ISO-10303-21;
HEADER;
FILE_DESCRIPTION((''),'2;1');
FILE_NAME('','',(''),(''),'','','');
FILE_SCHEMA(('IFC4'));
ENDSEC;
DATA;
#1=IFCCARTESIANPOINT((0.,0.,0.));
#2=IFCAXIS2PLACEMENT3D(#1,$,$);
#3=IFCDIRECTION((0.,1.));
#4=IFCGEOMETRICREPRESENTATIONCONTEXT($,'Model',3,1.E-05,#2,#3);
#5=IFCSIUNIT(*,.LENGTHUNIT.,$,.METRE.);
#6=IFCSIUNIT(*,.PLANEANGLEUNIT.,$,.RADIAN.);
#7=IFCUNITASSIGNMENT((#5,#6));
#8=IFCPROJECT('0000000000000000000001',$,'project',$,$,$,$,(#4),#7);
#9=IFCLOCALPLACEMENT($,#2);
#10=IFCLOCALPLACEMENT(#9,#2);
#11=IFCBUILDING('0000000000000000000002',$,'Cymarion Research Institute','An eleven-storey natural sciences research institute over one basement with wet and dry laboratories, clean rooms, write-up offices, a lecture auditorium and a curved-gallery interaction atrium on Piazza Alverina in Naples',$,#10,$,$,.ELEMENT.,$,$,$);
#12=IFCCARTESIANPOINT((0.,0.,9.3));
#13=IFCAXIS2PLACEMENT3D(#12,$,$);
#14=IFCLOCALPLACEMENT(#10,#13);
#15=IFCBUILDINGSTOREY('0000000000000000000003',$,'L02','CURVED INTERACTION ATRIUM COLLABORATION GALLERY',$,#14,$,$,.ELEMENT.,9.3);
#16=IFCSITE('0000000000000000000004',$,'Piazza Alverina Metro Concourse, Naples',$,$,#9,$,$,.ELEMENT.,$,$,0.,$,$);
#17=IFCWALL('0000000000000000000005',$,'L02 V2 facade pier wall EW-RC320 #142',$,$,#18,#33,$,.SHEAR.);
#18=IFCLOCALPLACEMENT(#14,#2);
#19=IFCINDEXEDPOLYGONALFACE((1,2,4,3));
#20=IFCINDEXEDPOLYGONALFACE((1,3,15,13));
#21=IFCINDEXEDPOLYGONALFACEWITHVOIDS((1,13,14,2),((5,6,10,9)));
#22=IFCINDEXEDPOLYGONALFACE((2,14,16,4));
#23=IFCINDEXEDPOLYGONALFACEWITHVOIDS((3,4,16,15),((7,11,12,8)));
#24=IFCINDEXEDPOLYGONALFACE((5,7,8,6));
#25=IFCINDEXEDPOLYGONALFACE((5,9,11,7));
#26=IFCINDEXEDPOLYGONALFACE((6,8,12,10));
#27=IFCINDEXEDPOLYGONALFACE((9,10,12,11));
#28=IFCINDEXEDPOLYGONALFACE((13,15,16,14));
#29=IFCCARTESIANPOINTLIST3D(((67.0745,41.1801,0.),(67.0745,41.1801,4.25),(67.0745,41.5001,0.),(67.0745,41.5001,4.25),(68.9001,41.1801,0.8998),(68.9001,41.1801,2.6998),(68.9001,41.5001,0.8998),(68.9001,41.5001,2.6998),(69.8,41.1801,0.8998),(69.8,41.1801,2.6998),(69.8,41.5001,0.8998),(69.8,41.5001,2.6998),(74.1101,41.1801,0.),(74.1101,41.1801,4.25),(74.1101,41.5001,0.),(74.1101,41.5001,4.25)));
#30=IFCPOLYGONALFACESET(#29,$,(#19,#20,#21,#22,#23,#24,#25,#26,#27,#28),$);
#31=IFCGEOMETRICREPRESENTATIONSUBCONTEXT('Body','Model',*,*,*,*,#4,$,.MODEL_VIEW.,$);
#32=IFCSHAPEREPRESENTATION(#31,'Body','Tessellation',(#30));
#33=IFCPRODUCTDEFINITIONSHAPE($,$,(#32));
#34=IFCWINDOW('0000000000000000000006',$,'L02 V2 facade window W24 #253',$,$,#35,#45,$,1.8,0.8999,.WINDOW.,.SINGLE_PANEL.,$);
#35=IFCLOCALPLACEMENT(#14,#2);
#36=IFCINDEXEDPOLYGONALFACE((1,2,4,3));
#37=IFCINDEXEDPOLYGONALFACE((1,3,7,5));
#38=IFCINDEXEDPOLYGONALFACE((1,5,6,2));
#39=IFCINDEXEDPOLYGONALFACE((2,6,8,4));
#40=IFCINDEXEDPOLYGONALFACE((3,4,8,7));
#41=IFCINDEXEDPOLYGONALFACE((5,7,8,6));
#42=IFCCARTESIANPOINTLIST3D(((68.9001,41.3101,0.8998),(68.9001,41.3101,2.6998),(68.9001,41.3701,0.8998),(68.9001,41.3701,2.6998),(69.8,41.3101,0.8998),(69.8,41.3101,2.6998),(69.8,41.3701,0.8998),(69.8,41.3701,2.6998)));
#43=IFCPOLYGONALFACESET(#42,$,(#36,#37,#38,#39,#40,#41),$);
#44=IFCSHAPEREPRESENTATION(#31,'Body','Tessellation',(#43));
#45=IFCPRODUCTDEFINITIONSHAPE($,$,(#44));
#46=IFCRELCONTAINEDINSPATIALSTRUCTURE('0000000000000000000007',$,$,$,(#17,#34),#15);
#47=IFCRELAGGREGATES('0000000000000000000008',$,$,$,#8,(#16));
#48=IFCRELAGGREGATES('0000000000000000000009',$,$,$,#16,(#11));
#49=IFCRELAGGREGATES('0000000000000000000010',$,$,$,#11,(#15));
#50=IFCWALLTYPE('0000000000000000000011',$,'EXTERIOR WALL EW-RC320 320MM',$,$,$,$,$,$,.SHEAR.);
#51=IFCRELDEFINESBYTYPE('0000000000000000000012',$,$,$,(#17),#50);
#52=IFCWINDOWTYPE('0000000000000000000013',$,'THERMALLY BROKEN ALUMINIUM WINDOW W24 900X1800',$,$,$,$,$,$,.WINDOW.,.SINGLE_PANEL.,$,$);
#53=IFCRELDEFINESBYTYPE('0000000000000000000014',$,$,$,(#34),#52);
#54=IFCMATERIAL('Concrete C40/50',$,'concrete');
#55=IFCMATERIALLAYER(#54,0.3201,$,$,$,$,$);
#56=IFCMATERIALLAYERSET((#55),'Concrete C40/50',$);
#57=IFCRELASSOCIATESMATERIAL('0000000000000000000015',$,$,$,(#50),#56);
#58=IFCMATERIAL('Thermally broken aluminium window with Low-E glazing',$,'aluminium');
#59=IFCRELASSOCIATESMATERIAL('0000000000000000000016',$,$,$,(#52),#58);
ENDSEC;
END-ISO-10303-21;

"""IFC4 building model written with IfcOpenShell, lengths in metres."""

from ifc_helpers import new_model, si_unit, direction, frame, frame_2d, origin, place, context, subcontext, project, spatial, rectangle, extrude, material, layer, layer_set, type_object, element, fill, save


model = new_model("IFC4")

# Units and contexts
model_context = context("Model", 3, precision=1e-05, world=origin(), true_north=direction((0.0, 1.0)))
body_context = subcontext(model_context, "Body", "Model", "MODEL_VIEW")
ifc_project = project(units=[si_unit("LENGTHUNIT", "METRE"), si_unit("PLANEANGLEUNIT", "RADIAN")], contexts=[model_context])

# Site, building, storey
site_placement = place(None, origin())
site = spatial("IfcSite", under=ifc_project, at=site_placement, Name="Piazza Alverina Metro Concourse, Naples", CompositionType="ELEMENT", RefElevation=0.0)
building_placement = place(site_placement, origin())
building = spatial("IfcBuilding", under=site, at=building_placement, Name="Cymarion Research Institute", Description="An eleven-storey natural sciences research institute over one basement with wet and dry laboratories, clean rooms, write-up offices, a lecture auditorium and a curved-gallery interaction atrium on Piazza Alverina in Naples", CompositionType="ELEMENT")
storey_placement = place(building_placement, frame((0.0, 0.0, 9.3)))
storey = spatial("IfcBuildingStorey", under=building, at=storey_placement, Name="L02", Description="CURVED INTERACTION ATRIUM COLLABORATION GALLERY", CompositionType="ELEMENT", Elevation=9.3)

# Wall, opening, window
ifc_material_1 = material(Name="Concrete C40/50", Category="concrete")
ifc_layer_1 = layer(ifc_material_1, 0.3201)
ifc_layer_set_1 = layer_set([ifc_layer_1], Name="Concrete C40/50")
wall_type = type_object("IfcWallType", Name="EXTERIOR WALL EW-RC320 320MM", PredefinedType="SHEAR", material=ifc_layer_set_1)
wall_placement = place(storey_placement, frame((74.1101, 41.3401, 0.0), z_axis=(0.0, 0.0, 1.0), x_axis=(-1.0, 0.0, 0.0)))
wall = element("IfcWall", 1, at=wall_placement, inside=storey, type_object=wall_type, Name="L02 V2 facade pier wall EW-RC320 #142", PredefinedType="SHEAR", context=body_context, shape_type="SweptSolid", body=[
    extrude(rectangle(XDim=7.0356, YDim=0.3201, at=frame_2d((3.5178, 0.0))), origin(), (0.0, 0.0, 1.0), 4.25),
])
opening_placement = place(wall_placement, frame((4.3101, 0.0, 0.8999)))
opening = element("IfcOpeningElement", 2, at=opening_placement, cuts=wall, PredefinedType="OPENING", context=body_context, shape_type="SweptSolid", body=[
    extrude(rectangle(XDim=0.8999, YDim=1.8, at=frame_2d((0.45, 0.8999))), frame((0.0, 0.1699, 0.0), z_axis=(0.0, -1.0, 0.0), x_axis=(1.0, 0.0, 0.0)), (0.0, 0.0, 1.0), 0.3401),
])
ifc_material_2 = material(Name="Thermally broken aluminium window with Low-E glazing", Category="aluminium")
window_type = type_object("IfcWindowType", Name="THERMALLY BROKEN ALUMINIUM WINDOW W24 900X1800", PartitioningType="SINGLE_PANEL", PredefinedType="WINDOW", material=ifc_material_2)
window_placement = place(opening_placement, origin())
window = element("IfcWindow", 3, at=window_placement, inside=storey, type_object=window_type, Name="L02 V2 facade window W24 #253", OverallHeight=1.8, OverallWidth=0.8999, PartitioningType="SINGLE_PANEL", PredefinedType="WINDOW", context=body_context, shape_type="SweptSolid", body=[
    extrude(rectangle(XDim=0.8999, YDim=1.8, at=frame_2d((0.45, 0.8999))), frame((0.0, 0.03, 0.0), z_axis=(0.0, -1.0, 0.0), x_axis=(1.0, 0.0, 0.0)), (0.0, 0.0, 1.0), 0.0601),
])
fill(opening, window)

save(model, "model.ifc")
